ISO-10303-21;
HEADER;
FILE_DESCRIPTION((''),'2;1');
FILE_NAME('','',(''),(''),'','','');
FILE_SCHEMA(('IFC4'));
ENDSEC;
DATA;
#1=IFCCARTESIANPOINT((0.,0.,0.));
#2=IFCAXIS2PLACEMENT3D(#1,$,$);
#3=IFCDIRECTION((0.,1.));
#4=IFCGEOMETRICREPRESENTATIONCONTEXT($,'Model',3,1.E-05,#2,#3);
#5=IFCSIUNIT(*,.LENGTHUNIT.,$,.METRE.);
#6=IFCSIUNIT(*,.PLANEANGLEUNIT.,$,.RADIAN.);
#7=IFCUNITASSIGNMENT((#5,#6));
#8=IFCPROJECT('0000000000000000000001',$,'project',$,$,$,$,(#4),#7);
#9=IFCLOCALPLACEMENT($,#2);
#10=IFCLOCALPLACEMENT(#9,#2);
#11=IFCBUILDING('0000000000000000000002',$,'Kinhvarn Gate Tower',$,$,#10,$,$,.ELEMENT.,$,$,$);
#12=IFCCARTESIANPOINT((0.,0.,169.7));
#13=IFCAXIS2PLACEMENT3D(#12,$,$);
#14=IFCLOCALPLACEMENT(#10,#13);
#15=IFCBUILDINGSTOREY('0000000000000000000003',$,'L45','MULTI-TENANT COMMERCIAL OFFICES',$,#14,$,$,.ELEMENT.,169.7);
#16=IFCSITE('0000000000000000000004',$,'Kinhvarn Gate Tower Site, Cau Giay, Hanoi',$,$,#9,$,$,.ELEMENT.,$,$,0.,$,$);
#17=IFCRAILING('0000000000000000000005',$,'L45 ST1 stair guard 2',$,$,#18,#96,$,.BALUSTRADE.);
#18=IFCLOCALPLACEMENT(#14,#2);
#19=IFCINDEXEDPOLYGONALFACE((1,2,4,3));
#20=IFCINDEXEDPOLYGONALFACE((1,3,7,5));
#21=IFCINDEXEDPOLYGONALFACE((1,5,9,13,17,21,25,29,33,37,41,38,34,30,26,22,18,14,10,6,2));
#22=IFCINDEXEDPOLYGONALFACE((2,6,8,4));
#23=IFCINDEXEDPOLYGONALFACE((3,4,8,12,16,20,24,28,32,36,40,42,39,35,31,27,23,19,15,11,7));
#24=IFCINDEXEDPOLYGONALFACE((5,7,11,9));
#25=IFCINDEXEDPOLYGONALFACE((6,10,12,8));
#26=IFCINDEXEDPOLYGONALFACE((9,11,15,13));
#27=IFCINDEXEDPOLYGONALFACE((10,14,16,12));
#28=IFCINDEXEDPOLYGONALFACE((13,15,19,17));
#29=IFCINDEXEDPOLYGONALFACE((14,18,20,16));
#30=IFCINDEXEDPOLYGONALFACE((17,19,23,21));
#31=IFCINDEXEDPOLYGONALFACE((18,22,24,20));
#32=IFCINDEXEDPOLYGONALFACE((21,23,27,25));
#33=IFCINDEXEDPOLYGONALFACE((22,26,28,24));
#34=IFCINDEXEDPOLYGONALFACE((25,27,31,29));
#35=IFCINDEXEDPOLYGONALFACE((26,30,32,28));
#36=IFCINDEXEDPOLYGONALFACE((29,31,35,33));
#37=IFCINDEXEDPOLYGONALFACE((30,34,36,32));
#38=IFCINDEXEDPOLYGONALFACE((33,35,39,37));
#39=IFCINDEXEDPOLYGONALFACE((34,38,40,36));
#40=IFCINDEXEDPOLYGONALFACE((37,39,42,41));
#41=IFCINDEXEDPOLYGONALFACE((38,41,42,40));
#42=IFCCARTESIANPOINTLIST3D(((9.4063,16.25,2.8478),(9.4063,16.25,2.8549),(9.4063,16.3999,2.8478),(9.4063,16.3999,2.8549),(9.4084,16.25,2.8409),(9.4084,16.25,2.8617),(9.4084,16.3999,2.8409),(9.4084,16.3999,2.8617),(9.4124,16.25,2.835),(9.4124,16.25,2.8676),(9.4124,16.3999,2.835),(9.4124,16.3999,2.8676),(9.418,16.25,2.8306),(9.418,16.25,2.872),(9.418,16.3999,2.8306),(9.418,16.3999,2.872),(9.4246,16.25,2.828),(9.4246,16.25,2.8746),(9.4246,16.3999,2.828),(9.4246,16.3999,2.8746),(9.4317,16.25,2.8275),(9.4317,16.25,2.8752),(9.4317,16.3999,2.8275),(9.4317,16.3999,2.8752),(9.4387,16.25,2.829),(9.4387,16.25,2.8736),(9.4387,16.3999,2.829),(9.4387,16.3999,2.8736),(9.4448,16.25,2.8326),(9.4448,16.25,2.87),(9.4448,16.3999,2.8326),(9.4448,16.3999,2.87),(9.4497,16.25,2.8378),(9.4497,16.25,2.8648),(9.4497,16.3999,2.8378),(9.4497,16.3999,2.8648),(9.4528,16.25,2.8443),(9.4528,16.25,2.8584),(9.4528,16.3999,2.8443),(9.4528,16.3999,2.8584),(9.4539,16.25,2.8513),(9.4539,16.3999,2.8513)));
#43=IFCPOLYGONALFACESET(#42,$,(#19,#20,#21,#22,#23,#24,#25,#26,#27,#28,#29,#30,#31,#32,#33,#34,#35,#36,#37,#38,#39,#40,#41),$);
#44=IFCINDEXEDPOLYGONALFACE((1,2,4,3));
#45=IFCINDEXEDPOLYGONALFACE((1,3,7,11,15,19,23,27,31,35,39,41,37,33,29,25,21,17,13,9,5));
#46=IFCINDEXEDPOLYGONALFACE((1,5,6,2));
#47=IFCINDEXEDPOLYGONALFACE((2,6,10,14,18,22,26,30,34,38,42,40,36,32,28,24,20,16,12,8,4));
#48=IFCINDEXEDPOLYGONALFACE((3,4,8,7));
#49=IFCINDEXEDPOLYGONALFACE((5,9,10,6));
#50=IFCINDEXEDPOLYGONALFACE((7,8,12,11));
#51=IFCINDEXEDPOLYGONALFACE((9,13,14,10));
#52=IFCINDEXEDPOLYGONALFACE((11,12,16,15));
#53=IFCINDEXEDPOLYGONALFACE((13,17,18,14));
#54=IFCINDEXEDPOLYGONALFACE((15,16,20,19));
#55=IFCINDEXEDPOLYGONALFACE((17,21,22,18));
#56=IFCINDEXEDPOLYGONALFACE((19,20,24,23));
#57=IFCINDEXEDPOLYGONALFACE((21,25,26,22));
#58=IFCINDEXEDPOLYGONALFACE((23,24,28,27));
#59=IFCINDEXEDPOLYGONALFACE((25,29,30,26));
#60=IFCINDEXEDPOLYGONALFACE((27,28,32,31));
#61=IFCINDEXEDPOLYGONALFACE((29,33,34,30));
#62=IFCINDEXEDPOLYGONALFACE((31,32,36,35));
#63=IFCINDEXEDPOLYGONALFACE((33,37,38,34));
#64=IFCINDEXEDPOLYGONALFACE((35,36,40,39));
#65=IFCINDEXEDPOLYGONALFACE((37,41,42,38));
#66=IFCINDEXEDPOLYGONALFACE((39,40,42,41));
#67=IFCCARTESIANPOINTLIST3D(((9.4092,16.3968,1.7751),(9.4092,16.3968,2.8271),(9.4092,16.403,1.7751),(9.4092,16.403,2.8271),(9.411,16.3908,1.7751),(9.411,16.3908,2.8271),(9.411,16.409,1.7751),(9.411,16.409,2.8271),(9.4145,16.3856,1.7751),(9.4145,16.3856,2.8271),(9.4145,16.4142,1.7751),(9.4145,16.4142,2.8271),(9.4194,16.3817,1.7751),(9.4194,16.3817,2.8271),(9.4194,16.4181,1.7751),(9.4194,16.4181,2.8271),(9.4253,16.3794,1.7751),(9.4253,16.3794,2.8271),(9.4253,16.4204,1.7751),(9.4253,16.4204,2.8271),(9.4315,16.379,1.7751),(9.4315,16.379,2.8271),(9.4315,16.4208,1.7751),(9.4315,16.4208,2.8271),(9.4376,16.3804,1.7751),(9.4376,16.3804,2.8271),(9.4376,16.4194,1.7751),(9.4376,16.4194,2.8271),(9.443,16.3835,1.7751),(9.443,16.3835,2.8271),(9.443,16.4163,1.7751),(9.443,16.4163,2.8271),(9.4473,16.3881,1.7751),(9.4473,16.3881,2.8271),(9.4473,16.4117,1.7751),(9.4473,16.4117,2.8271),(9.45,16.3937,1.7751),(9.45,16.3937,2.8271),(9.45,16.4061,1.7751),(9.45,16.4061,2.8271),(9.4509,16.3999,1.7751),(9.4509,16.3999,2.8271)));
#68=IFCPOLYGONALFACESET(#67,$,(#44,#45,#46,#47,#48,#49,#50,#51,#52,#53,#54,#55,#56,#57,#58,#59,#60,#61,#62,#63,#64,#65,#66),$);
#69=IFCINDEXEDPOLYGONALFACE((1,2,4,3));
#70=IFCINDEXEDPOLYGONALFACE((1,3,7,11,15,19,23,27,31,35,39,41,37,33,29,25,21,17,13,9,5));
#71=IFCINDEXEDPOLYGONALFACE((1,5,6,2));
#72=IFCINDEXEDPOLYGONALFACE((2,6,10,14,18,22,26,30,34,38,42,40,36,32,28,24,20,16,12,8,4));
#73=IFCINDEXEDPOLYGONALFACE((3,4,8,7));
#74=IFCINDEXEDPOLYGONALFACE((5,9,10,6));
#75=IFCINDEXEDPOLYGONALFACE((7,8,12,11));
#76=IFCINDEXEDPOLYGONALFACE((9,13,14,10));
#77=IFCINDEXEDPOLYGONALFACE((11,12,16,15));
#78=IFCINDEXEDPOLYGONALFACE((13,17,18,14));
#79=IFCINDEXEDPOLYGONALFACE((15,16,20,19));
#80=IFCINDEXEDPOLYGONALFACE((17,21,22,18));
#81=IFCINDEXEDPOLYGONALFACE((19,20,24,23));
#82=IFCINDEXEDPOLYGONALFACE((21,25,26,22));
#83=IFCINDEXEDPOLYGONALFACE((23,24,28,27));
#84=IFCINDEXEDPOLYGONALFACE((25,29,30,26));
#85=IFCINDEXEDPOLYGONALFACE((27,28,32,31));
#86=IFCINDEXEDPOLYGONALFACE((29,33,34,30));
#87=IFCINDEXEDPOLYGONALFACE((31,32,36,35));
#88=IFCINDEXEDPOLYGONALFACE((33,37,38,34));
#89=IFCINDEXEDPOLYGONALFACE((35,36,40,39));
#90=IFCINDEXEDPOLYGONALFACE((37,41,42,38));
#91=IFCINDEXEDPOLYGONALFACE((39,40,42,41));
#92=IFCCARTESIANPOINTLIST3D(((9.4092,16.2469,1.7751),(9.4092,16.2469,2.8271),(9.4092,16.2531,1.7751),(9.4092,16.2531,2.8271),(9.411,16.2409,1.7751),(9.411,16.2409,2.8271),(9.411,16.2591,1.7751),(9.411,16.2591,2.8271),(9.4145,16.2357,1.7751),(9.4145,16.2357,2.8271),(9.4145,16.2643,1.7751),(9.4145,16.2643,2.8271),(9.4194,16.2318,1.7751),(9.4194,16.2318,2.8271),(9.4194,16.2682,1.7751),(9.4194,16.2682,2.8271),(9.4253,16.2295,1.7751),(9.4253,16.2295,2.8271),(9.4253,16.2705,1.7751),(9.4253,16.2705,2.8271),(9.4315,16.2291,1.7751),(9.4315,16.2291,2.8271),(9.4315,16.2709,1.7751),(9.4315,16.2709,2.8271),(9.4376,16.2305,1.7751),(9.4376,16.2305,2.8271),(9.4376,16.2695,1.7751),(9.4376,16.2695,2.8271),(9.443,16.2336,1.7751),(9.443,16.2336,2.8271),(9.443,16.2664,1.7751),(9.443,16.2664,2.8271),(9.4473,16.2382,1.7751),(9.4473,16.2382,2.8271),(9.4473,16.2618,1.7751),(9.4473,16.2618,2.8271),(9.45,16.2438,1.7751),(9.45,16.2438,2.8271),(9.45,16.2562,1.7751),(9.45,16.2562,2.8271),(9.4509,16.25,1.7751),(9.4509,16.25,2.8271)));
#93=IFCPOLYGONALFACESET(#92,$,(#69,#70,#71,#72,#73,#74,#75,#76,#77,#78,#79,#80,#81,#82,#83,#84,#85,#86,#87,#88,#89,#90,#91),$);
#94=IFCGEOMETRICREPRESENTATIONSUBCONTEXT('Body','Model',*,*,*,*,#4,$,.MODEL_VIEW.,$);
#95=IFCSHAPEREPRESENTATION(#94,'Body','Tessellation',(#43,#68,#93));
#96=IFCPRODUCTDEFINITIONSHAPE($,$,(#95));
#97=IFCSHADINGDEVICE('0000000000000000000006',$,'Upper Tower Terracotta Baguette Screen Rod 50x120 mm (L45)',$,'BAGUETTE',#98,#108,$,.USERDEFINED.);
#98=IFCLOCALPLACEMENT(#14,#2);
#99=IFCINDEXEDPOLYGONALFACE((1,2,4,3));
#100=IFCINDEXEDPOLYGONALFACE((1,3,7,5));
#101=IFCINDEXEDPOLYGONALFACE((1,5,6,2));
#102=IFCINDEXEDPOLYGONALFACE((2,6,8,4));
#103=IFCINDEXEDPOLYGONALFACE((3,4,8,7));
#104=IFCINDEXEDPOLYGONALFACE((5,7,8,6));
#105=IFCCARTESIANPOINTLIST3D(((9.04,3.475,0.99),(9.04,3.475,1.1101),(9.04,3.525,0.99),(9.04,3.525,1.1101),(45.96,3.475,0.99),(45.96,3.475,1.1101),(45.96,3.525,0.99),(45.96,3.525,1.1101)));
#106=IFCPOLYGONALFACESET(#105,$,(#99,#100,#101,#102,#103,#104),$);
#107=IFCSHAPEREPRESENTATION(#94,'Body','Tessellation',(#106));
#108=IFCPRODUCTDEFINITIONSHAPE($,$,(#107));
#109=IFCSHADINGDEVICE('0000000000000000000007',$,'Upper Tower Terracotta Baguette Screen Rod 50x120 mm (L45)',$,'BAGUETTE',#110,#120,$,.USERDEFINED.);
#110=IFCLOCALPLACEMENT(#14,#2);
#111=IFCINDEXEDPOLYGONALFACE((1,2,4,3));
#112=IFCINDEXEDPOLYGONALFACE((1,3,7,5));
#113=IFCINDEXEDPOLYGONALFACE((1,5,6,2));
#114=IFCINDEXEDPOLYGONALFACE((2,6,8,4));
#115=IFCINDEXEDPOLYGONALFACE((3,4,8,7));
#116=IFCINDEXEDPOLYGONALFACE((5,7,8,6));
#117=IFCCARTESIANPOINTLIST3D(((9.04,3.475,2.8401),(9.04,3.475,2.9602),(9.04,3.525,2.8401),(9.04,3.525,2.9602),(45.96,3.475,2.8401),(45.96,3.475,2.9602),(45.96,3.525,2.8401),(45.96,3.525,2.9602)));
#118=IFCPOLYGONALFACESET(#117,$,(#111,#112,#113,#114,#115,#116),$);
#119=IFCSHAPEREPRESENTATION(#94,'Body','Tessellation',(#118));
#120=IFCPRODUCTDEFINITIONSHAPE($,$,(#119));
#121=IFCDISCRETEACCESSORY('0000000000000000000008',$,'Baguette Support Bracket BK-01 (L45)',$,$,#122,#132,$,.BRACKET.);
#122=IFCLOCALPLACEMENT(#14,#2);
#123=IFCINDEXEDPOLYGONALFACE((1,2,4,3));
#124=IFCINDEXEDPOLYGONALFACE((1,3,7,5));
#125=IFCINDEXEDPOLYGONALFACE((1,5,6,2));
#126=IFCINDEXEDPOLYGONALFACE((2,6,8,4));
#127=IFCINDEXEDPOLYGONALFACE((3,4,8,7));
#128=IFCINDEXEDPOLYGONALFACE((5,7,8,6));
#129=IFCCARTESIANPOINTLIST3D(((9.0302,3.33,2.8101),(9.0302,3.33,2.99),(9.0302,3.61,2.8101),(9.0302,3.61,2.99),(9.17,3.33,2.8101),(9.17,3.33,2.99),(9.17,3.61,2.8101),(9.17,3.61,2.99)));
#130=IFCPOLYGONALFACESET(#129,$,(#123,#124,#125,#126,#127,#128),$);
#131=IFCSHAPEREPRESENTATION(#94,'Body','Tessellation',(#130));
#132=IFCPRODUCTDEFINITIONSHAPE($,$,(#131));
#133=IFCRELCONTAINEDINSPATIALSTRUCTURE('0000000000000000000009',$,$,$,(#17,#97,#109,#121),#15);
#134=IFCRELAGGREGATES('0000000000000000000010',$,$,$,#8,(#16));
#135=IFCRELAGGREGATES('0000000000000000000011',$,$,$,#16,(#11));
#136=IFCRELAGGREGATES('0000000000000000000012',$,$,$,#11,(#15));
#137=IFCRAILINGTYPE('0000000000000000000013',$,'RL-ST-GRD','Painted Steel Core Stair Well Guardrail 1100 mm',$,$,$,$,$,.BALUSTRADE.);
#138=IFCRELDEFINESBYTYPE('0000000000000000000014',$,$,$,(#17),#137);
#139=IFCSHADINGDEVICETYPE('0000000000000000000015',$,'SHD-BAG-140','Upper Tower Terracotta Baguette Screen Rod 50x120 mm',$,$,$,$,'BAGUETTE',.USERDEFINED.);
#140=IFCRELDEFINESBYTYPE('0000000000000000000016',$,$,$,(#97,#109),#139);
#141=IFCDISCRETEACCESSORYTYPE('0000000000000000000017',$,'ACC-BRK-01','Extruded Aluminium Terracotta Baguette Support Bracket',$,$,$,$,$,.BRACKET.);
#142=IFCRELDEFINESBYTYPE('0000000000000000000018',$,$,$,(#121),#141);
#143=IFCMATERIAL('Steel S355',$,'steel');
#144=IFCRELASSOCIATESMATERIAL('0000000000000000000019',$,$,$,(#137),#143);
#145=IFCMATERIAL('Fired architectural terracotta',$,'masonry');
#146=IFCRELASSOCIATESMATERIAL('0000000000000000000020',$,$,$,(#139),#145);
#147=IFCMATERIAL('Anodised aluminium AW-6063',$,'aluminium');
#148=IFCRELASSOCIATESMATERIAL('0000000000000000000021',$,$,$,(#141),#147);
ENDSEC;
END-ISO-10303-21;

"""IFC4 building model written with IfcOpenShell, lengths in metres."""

from ifc_helpers import new_model, si_unit, direction, frame, origin, origin_2d, place, context, subcontext, project, spatial, rectangle, circle, extrude, material, material_profile, profile_set, type_object, element, save


model = new_model("IFC4")

# Units and contexts
model_context = context("Model", 3, precision=1e-05, world=origin(), true_north=direction((0.0, 1.0)))
body_context = subcontext(model_context, "Body", "Model", "MODEL_VIEW")
ifc_project = project(units=[si_unit("LENGTHUNIT", "METRE"), si_unit("PLANEANGLEUNIT", "RADIAN")], contexts=[model_context])

# Site, building, storey
site_placement = place(None, origin())
site = spatial("IfcSite", under=ifc_project, at=site_placement, Name="Kinhvarn Gate Tower Site, Cau Giay, Hanoi", CompositionType="ELEMENT", RefElevation=0.0)
building_placement = place(site_placement, origin())
building = spatial("IfcBuilding", under=site, at=building_placement, Name="Kinhvarn Gate Tower", CompositionType="ELEMENT")
storey_placement = place(building_placement, frame((0.0, 0.0, 169.7)))
storey = spatial("IfcBuildingStorey", under=building, at=storey_placement, Name="L45", Description="MULTI-TENANT COMMERCIAL OFFICES", CompositionType="ELEMENT", Elevation=169.7)

# Shared definitions
ifc_material_1 = material(Name="Anodised aluminium AW-6063", Category="aluminium")

# Shared definitions
ifc_material_2 = material(Name="Steel S355", Category="steel")

# Shared definitions
ifc_material_3 = material(Name="Fired architectural terracotta", Category="masonry")

# Railing
railing_type = type_object("IfcRailingType", Name="RL-ST-GRD", Description="Painted Steel Core Stair Well Guardrail 1100 mm", PredefinedType="BALUSTRADE", material=ifc_material_2)
railing_placement = place(storey_placement, frame((9.4299, 16.3999, 1.7751)))
element("IfcRailing", 1, at=railing_placement, inside=storey, type_object=railing_type, Name="L45 ST1 stair guard 2", PredefinedType="BALUSTRADE", context=body_context, shape_type="SweptSolid", body=[
    extrude(circle(Radius=0.0239, at=origin_2d()), frame((0.0, 0.0, 1.0762), z_axis=(0.0, -1.0, 0.0), x_axis=(1.0, 0.0, 0.0)), (0.0, 0.0, 1.0), 0.1499),
    extrude(circle(Radius=0.021, at=origin_2d()), origin(), (0.0, 0.0, 1.0), 1.052),
    extrude(circle(Radius=0.021, at=origin_2d()), frame((0.0, -0.1499, 0.0)), (0.0, 0.0, 1.0), 1.052),
])

# Shading devices
ifc_material_profile_1 = material_profile(ifc_material_3, rectangle(XDim=0.05, YDim=0.1201, at=origin_2d()), Name="TC 50x120")
ifc_profile_set_1 = profile_set([ifc_material_profile_1], Name="Fired architectural terracotta")
shading_device_type = type_object("IfcShadingDeviceType", Name="SHD-BAG-140", Description="Upper Tower Terracotta Baguette Screen Rod 50x120 mm", ElementType="BAGUETTE", PredefinedType="USERDEFINED", material=ifc_profile_set_1)
for number, where, z_axis, x_axis, name in (
    (2, (9.04, 3.5, 1.05), (1.0, 0.0, 0.0), (0.0, 1.0, 0.0), "Upper Tower Terracotta Baguette Screen Rod 50x120 mm (L45)"),
    (3, (9.04, 3.5, 2.9001), (1.0, 0.0, 0.0), (0.0, 1.0, 0.0), "Upper Tower Terracotta Baguette Screen Rod 50x120 mm (L45)"),
):
    element("IfcShadingDevice", number, at=place(storey_placement, frame(where, z_axis=z_axis, x_axis=x_axis)), inside=storey, type_object=shading_device_type, Name=name, ObjectType="BAGUETTE", PredefinedType="USERDEFINED", context=body_context, shape_type="SweptSolid", body=[
        extrude(rectangle(XDim=0.05, YDim=0.1201, at=origin_2d()), origin(), (0.0, 0.0, 1.0), 36.9199),
    ])

# Discrete accessory
discrete_accessory_type = type_object("IfcDiscreteAccessoryType", Name="ACC-BRK-01", Description="Extruded Aluminium Terracotta Baguette Support Bracket", PredefinedType="BRACKET", material=ifc_material_1)
discrete_accessory_placement = place(storey_placement, frame((9.1001, 3.47, 2.8101), z_axis=(0.0, 0.0, 1.0), x_axis=(1.0, 0.0, 0.0)))
element("IfcDiscreteAccessory", 4, at=discrete_accessory_placement, inside=storey, type_object=discrete_accessory_type, Name="Baguette Support Bracket BK-01 (L45)", PredefinedType="BRACKET", context=body_context, shape_type="SweptSolid", body=[
    extrude(rectangle(XDim=0.1399, YDim=0.28, at=origin_2d()), origin(), (0.0, 0.0, 1.0), 0.1799),
])

save(model, "model.ifc")
